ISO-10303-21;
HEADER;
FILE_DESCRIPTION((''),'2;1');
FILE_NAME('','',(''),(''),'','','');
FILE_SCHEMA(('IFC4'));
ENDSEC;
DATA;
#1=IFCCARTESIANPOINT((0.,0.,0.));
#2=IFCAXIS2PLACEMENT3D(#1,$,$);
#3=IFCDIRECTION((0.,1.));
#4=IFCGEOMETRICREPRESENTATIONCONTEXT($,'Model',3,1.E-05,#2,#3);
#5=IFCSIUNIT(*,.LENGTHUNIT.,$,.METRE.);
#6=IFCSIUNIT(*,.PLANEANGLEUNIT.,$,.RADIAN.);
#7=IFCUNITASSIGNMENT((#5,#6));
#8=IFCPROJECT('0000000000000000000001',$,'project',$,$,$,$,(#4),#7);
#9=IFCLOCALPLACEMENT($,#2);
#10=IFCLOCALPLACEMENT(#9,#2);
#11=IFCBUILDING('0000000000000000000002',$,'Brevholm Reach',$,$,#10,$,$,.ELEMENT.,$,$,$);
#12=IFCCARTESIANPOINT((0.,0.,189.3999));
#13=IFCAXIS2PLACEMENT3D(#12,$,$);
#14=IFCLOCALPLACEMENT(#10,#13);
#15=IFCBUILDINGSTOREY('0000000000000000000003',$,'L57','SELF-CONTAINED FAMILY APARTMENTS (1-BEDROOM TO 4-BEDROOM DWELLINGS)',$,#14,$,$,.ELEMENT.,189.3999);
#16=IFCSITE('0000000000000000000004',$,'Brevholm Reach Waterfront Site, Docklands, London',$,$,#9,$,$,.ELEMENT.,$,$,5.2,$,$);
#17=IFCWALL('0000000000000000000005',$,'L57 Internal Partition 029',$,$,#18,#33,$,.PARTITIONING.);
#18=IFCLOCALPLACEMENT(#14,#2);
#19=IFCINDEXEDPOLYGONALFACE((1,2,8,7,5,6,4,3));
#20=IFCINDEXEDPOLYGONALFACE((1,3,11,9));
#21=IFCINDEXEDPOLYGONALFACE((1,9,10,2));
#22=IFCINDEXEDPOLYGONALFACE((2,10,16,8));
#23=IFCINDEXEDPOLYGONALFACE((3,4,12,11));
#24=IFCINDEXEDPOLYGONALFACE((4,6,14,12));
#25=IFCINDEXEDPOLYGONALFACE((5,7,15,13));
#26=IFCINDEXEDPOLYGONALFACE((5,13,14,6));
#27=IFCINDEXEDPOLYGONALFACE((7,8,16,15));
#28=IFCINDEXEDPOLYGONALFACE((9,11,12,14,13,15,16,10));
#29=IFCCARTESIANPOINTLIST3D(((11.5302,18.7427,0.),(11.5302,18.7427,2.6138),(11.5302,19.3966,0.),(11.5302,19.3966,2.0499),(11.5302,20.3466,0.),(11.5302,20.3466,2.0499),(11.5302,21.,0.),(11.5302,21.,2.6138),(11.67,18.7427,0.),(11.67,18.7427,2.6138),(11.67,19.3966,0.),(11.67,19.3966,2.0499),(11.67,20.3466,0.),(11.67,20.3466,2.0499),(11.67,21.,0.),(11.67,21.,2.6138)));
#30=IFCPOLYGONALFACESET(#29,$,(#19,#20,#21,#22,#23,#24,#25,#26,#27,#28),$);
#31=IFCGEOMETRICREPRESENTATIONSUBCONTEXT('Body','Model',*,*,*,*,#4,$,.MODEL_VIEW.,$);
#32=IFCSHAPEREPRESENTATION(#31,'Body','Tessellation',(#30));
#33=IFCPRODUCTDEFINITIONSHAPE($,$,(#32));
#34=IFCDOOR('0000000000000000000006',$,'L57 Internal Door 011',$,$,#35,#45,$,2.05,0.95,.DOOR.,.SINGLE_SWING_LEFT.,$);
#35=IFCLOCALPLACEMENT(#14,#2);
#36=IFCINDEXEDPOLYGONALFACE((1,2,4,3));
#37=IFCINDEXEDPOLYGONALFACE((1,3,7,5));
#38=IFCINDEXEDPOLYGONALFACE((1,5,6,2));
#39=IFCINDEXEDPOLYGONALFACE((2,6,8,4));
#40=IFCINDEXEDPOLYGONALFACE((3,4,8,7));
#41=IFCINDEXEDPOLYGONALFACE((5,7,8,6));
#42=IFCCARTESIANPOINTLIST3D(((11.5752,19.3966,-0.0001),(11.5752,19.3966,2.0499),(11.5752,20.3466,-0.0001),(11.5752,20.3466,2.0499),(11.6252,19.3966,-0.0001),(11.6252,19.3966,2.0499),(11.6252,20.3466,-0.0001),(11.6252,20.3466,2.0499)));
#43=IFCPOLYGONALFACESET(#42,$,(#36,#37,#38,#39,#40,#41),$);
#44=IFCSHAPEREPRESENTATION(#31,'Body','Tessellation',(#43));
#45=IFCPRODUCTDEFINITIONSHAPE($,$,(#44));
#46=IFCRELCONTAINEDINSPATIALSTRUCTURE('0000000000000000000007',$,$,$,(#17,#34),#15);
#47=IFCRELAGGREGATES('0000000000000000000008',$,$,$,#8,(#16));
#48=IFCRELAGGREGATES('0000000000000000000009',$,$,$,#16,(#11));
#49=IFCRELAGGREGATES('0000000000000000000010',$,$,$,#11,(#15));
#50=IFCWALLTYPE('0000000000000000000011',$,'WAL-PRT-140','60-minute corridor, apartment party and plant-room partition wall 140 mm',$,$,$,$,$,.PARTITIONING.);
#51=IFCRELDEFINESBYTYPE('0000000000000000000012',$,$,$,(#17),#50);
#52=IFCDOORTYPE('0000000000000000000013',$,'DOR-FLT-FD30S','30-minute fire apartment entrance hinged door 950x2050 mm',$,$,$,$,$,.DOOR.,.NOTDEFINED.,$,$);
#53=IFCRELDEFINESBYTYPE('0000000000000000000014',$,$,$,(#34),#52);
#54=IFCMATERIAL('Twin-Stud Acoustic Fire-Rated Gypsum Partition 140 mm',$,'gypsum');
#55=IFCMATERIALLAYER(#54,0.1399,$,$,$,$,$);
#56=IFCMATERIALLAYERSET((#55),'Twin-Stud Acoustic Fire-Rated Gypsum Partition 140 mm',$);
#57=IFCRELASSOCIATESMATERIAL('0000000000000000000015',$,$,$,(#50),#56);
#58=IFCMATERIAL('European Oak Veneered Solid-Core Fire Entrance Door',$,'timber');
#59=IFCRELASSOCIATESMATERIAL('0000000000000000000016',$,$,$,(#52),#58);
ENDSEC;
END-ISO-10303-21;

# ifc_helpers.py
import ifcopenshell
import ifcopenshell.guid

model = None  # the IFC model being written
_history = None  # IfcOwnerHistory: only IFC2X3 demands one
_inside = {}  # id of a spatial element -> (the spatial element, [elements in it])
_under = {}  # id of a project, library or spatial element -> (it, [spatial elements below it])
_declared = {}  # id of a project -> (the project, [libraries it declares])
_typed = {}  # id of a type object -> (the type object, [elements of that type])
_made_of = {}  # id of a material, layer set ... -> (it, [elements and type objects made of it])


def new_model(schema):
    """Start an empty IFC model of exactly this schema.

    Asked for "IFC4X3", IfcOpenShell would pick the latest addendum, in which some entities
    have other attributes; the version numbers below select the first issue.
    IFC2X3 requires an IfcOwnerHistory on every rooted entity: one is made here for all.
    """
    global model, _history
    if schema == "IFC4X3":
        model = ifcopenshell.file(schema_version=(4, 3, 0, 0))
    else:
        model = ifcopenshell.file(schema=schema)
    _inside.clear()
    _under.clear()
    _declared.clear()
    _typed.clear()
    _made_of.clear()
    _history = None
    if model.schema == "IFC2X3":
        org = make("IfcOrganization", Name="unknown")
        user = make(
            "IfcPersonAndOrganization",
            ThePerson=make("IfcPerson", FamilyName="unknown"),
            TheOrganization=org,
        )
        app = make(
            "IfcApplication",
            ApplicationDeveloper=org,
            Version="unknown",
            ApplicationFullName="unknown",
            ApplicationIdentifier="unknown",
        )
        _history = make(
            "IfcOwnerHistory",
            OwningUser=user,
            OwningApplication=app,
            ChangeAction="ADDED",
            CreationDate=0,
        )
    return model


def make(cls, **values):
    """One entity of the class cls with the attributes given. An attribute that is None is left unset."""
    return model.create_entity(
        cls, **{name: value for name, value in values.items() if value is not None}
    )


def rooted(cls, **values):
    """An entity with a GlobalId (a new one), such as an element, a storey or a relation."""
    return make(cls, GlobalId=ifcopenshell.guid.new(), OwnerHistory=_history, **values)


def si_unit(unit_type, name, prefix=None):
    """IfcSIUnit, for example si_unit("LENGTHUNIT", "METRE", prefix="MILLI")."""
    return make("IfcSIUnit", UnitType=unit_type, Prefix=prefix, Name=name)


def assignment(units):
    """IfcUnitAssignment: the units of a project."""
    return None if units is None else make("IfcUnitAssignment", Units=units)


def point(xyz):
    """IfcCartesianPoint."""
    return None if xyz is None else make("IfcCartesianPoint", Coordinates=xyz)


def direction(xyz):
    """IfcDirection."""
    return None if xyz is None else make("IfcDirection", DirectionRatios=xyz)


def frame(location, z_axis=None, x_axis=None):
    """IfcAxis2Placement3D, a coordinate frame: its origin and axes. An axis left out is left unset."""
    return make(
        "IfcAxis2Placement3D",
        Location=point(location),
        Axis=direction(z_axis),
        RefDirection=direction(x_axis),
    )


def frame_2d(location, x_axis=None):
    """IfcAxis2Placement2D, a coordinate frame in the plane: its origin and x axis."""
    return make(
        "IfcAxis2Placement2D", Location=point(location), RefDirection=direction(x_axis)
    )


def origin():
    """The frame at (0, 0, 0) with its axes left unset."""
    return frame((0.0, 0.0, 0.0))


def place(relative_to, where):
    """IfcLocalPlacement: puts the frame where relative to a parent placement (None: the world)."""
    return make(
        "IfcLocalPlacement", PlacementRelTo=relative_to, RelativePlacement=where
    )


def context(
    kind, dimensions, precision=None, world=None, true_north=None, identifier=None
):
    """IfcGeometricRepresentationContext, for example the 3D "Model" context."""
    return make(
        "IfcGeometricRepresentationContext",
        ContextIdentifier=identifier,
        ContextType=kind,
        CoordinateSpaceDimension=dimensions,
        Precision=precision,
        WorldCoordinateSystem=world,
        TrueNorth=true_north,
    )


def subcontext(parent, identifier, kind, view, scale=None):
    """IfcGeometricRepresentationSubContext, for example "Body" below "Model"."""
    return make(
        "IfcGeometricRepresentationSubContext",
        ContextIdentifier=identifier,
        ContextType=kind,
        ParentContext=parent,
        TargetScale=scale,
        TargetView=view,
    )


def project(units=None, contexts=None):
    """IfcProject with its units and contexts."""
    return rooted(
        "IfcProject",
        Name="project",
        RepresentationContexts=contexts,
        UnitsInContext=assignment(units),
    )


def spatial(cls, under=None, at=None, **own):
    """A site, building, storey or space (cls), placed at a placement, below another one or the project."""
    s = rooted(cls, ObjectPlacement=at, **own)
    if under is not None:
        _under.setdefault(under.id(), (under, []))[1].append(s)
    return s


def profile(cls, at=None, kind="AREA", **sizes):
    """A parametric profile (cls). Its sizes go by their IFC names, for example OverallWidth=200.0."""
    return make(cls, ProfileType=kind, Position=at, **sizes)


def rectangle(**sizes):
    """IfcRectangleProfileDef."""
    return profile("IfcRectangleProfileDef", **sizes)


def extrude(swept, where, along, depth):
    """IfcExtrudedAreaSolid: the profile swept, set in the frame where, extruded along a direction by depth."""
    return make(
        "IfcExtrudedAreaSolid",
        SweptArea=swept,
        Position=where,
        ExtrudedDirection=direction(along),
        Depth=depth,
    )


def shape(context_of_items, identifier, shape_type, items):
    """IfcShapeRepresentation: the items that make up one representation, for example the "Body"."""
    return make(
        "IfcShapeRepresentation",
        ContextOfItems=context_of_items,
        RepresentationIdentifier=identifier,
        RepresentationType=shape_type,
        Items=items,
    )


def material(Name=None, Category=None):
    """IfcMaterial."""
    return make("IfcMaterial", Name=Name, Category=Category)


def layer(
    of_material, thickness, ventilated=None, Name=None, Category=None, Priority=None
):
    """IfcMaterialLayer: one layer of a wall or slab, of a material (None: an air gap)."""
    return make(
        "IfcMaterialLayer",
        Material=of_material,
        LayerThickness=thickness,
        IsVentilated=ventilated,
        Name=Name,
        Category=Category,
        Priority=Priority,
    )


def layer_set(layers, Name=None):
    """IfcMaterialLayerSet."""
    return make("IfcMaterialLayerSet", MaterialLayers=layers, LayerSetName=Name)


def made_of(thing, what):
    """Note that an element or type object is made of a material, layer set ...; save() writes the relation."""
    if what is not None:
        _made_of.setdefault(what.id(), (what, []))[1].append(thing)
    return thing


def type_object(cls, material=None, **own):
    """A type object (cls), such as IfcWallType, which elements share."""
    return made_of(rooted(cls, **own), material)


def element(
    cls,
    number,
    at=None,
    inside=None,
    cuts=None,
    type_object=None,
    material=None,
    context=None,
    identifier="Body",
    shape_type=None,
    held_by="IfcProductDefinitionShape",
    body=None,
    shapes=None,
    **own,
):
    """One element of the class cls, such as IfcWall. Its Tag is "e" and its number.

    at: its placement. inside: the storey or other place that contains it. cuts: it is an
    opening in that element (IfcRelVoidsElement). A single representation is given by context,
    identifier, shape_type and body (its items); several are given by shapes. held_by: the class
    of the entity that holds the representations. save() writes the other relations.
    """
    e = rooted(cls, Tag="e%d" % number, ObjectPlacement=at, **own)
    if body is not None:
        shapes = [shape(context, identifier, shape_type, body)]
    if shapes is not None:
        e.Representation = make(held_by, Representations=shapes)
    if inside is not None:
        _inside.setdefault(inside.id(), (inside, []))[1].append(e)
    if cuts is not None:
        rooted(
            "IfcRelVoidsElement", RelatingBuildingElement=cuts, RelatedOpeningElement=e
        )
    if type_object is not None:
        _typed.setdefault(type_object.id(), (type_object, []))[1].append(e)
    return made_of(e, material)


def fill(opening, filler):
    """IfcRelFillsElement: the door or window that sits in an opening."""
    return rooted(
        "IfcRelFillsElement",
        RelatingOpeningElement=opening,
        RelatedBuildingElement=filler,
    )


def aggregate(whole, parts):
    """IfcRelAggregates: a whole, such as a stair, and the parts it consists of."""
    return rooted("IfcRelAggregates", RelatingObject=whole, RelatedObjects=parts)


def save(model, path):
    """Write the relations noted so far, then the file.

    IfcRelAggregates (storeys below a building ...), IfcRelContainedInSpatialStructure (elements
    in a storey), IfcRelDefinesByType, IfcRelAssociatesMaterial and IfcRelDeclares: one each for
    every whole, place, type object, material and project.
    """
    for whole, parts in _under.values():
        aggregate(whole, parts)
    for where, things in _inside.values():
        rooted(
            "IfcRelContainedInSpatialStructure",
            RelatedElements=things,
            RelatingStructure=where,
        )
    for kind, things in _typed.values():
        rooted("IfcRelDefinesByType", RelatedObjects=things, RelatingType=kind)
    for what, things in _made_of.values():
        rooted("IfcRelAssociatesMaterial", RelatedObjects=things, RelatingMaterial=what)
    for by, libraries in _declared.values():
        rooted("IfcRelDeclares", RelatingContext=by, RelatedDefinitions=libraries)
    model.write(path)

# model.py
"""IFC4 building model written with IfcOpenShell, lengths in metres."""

from ifc_helpers import new_model, si_unit, direction, frame, frame_2d, origin, place, context, subcontext, project, spatial, rectangle, extrude, material, layer, layer_set, type_object, element, fill, save


model = new_model("IFC4")

# Units and contexts
model_context = context("Model", 3, precision=1e-05, world=origin(), true_north=direction((0.0, 1.0)))
body_context = subcontext(model_context, "Body", "Model", "MODEL_VIEW")
ifc_project = project(units=[si_unit("LENGTHUNIT", "METRE"), si_unit("PLANEANGLEUNIT", "RADIAN")], contexts=[model_context])

# Site, building, storey
site_placement = place(None, origin())
site = spatial("IfcSite", under=ifc_project, at=site_placement, Name="Brevholm Reach Waterfront Site, Docklands, London", CompositionType="ELEMENT", RefElevation=5.2)
building_placement = place(site_placement, origin())
building = spatial("IfcBuilding", under=site, at=building_placement, Name="Brevholm Reach", CompositionType="ELEMENT")
storey_placement = place(building_placement, frame((0.0, 0.0, 189.3999)))
storey = spatial("IfcBuildingStorey", under=building, at=storey_placement, Name="L57", Description="SELF-CONTAINED FAMILY APARTMENTS (1-BEDROOM TO 4-BEDROOM DWELLINGS)", CompositionType="ELEMENT", Elevation=189.3999)

# Shared definitions
ifc_material_1 = material(Name="Twin-Stud Acoustic Fire-Rated Gypsum Partition 140 mm", Category="gypsum")
ifc_layer_1 = layer(ifc_material_1, 0.1399)
ifc_layer_set_1 = layer_set([ifc_layer_1], Name="Twin-Stud Acoustic Fire-Rated Gypsum Partition 140 mm")
wall_type_1 = type_object("IfcWallType", Name="WAL-PRT-140", Description="60-minute corridor, apartment party and plant-room partition wall 140 mm", PredefinedType="PARTITIONING", material=ifc_layer_set_1)

# Wall, opening, door
wall_1_placement = place(storey_placement, frame((11.6001, 18.7427, 0.0), z_axis=(0.0, 0.0, 1.0), x_axis=(0.0, 1.0, 0.0)))
wall_1 = element("IfcWall", 1, at=wall_1_placement, inside=storey, type_object=wall_type_1, Name="L57 Internal Partition 029", PredefinedType="PARTITIONING", context=body_context, shape_type="SweptSolid", body=[
    extrude(rectangle(XDim=2.2573, YDim=0.1399, at=frame_2d((1.1287, 0.0))), origin(), (0.0, 0.0, 1.0), 2.6138),
])
opening_1_placement = place(wall_1_placement, frame((0.6538, 0.0, 0.0)))
opening_1 = element("IfcOpeningElement", 2, at=opening_1_placement, cuts=wall_1, PredefinedType="OPENING", context=body_context, shape_type="SweptSolid", body=[
    extrude(rectangle(XDim=0.95, YDim=2.05, at=frame_2d((0.4751, 1.0249))), frame((0.0, 0.0798, 0.0), z_axis=(0.0, -1.0, 0.0), x_axis=(1.0, 0.0, 0.0)), (0.0, 0.0, 1.0), 0.1599),
])
ifc_material_2 = material(Name="European Oak Veneered Solid-Core Fire Entrance Door", Category="timber")
door_type_1 = type_object("IfcDoorType", Name="DOR-FLT-FD30S", Description="30-minute fire apartment entrance hinged door 950x2050 mm", OperationType="NOTDEFINED", PredefinedType="DOOR", material=ifc_material_2)
door_1_placement = place(opening_1_placement, origin())
door_1 = element("IfcDoor", 3, at=door_1_placement, inside=storey, type_object=door_type_1, Name="L57 Internal Door 011", OperationType="SINGLE_SWING_LEFT", OverallHeight=2.05, OverallWidth=0.95, PredefinedType="DOOR", context=body_context, shape_type="SweptSolid", body=[
    extrude(rectangle(XDim=0.95, YDim=2.05, at=frame_2d((0.4751, 1.0249))), frame((0.0, 0.0249, 0.0), z_axis=(0.0, -1.0, 0.0), x_axis=(1.0, 0.0, 0.0)), (0.0, 0.0, 1.0), 0.05),
])
fill(opening_1, door_1)

save(model, "model.ifc")
